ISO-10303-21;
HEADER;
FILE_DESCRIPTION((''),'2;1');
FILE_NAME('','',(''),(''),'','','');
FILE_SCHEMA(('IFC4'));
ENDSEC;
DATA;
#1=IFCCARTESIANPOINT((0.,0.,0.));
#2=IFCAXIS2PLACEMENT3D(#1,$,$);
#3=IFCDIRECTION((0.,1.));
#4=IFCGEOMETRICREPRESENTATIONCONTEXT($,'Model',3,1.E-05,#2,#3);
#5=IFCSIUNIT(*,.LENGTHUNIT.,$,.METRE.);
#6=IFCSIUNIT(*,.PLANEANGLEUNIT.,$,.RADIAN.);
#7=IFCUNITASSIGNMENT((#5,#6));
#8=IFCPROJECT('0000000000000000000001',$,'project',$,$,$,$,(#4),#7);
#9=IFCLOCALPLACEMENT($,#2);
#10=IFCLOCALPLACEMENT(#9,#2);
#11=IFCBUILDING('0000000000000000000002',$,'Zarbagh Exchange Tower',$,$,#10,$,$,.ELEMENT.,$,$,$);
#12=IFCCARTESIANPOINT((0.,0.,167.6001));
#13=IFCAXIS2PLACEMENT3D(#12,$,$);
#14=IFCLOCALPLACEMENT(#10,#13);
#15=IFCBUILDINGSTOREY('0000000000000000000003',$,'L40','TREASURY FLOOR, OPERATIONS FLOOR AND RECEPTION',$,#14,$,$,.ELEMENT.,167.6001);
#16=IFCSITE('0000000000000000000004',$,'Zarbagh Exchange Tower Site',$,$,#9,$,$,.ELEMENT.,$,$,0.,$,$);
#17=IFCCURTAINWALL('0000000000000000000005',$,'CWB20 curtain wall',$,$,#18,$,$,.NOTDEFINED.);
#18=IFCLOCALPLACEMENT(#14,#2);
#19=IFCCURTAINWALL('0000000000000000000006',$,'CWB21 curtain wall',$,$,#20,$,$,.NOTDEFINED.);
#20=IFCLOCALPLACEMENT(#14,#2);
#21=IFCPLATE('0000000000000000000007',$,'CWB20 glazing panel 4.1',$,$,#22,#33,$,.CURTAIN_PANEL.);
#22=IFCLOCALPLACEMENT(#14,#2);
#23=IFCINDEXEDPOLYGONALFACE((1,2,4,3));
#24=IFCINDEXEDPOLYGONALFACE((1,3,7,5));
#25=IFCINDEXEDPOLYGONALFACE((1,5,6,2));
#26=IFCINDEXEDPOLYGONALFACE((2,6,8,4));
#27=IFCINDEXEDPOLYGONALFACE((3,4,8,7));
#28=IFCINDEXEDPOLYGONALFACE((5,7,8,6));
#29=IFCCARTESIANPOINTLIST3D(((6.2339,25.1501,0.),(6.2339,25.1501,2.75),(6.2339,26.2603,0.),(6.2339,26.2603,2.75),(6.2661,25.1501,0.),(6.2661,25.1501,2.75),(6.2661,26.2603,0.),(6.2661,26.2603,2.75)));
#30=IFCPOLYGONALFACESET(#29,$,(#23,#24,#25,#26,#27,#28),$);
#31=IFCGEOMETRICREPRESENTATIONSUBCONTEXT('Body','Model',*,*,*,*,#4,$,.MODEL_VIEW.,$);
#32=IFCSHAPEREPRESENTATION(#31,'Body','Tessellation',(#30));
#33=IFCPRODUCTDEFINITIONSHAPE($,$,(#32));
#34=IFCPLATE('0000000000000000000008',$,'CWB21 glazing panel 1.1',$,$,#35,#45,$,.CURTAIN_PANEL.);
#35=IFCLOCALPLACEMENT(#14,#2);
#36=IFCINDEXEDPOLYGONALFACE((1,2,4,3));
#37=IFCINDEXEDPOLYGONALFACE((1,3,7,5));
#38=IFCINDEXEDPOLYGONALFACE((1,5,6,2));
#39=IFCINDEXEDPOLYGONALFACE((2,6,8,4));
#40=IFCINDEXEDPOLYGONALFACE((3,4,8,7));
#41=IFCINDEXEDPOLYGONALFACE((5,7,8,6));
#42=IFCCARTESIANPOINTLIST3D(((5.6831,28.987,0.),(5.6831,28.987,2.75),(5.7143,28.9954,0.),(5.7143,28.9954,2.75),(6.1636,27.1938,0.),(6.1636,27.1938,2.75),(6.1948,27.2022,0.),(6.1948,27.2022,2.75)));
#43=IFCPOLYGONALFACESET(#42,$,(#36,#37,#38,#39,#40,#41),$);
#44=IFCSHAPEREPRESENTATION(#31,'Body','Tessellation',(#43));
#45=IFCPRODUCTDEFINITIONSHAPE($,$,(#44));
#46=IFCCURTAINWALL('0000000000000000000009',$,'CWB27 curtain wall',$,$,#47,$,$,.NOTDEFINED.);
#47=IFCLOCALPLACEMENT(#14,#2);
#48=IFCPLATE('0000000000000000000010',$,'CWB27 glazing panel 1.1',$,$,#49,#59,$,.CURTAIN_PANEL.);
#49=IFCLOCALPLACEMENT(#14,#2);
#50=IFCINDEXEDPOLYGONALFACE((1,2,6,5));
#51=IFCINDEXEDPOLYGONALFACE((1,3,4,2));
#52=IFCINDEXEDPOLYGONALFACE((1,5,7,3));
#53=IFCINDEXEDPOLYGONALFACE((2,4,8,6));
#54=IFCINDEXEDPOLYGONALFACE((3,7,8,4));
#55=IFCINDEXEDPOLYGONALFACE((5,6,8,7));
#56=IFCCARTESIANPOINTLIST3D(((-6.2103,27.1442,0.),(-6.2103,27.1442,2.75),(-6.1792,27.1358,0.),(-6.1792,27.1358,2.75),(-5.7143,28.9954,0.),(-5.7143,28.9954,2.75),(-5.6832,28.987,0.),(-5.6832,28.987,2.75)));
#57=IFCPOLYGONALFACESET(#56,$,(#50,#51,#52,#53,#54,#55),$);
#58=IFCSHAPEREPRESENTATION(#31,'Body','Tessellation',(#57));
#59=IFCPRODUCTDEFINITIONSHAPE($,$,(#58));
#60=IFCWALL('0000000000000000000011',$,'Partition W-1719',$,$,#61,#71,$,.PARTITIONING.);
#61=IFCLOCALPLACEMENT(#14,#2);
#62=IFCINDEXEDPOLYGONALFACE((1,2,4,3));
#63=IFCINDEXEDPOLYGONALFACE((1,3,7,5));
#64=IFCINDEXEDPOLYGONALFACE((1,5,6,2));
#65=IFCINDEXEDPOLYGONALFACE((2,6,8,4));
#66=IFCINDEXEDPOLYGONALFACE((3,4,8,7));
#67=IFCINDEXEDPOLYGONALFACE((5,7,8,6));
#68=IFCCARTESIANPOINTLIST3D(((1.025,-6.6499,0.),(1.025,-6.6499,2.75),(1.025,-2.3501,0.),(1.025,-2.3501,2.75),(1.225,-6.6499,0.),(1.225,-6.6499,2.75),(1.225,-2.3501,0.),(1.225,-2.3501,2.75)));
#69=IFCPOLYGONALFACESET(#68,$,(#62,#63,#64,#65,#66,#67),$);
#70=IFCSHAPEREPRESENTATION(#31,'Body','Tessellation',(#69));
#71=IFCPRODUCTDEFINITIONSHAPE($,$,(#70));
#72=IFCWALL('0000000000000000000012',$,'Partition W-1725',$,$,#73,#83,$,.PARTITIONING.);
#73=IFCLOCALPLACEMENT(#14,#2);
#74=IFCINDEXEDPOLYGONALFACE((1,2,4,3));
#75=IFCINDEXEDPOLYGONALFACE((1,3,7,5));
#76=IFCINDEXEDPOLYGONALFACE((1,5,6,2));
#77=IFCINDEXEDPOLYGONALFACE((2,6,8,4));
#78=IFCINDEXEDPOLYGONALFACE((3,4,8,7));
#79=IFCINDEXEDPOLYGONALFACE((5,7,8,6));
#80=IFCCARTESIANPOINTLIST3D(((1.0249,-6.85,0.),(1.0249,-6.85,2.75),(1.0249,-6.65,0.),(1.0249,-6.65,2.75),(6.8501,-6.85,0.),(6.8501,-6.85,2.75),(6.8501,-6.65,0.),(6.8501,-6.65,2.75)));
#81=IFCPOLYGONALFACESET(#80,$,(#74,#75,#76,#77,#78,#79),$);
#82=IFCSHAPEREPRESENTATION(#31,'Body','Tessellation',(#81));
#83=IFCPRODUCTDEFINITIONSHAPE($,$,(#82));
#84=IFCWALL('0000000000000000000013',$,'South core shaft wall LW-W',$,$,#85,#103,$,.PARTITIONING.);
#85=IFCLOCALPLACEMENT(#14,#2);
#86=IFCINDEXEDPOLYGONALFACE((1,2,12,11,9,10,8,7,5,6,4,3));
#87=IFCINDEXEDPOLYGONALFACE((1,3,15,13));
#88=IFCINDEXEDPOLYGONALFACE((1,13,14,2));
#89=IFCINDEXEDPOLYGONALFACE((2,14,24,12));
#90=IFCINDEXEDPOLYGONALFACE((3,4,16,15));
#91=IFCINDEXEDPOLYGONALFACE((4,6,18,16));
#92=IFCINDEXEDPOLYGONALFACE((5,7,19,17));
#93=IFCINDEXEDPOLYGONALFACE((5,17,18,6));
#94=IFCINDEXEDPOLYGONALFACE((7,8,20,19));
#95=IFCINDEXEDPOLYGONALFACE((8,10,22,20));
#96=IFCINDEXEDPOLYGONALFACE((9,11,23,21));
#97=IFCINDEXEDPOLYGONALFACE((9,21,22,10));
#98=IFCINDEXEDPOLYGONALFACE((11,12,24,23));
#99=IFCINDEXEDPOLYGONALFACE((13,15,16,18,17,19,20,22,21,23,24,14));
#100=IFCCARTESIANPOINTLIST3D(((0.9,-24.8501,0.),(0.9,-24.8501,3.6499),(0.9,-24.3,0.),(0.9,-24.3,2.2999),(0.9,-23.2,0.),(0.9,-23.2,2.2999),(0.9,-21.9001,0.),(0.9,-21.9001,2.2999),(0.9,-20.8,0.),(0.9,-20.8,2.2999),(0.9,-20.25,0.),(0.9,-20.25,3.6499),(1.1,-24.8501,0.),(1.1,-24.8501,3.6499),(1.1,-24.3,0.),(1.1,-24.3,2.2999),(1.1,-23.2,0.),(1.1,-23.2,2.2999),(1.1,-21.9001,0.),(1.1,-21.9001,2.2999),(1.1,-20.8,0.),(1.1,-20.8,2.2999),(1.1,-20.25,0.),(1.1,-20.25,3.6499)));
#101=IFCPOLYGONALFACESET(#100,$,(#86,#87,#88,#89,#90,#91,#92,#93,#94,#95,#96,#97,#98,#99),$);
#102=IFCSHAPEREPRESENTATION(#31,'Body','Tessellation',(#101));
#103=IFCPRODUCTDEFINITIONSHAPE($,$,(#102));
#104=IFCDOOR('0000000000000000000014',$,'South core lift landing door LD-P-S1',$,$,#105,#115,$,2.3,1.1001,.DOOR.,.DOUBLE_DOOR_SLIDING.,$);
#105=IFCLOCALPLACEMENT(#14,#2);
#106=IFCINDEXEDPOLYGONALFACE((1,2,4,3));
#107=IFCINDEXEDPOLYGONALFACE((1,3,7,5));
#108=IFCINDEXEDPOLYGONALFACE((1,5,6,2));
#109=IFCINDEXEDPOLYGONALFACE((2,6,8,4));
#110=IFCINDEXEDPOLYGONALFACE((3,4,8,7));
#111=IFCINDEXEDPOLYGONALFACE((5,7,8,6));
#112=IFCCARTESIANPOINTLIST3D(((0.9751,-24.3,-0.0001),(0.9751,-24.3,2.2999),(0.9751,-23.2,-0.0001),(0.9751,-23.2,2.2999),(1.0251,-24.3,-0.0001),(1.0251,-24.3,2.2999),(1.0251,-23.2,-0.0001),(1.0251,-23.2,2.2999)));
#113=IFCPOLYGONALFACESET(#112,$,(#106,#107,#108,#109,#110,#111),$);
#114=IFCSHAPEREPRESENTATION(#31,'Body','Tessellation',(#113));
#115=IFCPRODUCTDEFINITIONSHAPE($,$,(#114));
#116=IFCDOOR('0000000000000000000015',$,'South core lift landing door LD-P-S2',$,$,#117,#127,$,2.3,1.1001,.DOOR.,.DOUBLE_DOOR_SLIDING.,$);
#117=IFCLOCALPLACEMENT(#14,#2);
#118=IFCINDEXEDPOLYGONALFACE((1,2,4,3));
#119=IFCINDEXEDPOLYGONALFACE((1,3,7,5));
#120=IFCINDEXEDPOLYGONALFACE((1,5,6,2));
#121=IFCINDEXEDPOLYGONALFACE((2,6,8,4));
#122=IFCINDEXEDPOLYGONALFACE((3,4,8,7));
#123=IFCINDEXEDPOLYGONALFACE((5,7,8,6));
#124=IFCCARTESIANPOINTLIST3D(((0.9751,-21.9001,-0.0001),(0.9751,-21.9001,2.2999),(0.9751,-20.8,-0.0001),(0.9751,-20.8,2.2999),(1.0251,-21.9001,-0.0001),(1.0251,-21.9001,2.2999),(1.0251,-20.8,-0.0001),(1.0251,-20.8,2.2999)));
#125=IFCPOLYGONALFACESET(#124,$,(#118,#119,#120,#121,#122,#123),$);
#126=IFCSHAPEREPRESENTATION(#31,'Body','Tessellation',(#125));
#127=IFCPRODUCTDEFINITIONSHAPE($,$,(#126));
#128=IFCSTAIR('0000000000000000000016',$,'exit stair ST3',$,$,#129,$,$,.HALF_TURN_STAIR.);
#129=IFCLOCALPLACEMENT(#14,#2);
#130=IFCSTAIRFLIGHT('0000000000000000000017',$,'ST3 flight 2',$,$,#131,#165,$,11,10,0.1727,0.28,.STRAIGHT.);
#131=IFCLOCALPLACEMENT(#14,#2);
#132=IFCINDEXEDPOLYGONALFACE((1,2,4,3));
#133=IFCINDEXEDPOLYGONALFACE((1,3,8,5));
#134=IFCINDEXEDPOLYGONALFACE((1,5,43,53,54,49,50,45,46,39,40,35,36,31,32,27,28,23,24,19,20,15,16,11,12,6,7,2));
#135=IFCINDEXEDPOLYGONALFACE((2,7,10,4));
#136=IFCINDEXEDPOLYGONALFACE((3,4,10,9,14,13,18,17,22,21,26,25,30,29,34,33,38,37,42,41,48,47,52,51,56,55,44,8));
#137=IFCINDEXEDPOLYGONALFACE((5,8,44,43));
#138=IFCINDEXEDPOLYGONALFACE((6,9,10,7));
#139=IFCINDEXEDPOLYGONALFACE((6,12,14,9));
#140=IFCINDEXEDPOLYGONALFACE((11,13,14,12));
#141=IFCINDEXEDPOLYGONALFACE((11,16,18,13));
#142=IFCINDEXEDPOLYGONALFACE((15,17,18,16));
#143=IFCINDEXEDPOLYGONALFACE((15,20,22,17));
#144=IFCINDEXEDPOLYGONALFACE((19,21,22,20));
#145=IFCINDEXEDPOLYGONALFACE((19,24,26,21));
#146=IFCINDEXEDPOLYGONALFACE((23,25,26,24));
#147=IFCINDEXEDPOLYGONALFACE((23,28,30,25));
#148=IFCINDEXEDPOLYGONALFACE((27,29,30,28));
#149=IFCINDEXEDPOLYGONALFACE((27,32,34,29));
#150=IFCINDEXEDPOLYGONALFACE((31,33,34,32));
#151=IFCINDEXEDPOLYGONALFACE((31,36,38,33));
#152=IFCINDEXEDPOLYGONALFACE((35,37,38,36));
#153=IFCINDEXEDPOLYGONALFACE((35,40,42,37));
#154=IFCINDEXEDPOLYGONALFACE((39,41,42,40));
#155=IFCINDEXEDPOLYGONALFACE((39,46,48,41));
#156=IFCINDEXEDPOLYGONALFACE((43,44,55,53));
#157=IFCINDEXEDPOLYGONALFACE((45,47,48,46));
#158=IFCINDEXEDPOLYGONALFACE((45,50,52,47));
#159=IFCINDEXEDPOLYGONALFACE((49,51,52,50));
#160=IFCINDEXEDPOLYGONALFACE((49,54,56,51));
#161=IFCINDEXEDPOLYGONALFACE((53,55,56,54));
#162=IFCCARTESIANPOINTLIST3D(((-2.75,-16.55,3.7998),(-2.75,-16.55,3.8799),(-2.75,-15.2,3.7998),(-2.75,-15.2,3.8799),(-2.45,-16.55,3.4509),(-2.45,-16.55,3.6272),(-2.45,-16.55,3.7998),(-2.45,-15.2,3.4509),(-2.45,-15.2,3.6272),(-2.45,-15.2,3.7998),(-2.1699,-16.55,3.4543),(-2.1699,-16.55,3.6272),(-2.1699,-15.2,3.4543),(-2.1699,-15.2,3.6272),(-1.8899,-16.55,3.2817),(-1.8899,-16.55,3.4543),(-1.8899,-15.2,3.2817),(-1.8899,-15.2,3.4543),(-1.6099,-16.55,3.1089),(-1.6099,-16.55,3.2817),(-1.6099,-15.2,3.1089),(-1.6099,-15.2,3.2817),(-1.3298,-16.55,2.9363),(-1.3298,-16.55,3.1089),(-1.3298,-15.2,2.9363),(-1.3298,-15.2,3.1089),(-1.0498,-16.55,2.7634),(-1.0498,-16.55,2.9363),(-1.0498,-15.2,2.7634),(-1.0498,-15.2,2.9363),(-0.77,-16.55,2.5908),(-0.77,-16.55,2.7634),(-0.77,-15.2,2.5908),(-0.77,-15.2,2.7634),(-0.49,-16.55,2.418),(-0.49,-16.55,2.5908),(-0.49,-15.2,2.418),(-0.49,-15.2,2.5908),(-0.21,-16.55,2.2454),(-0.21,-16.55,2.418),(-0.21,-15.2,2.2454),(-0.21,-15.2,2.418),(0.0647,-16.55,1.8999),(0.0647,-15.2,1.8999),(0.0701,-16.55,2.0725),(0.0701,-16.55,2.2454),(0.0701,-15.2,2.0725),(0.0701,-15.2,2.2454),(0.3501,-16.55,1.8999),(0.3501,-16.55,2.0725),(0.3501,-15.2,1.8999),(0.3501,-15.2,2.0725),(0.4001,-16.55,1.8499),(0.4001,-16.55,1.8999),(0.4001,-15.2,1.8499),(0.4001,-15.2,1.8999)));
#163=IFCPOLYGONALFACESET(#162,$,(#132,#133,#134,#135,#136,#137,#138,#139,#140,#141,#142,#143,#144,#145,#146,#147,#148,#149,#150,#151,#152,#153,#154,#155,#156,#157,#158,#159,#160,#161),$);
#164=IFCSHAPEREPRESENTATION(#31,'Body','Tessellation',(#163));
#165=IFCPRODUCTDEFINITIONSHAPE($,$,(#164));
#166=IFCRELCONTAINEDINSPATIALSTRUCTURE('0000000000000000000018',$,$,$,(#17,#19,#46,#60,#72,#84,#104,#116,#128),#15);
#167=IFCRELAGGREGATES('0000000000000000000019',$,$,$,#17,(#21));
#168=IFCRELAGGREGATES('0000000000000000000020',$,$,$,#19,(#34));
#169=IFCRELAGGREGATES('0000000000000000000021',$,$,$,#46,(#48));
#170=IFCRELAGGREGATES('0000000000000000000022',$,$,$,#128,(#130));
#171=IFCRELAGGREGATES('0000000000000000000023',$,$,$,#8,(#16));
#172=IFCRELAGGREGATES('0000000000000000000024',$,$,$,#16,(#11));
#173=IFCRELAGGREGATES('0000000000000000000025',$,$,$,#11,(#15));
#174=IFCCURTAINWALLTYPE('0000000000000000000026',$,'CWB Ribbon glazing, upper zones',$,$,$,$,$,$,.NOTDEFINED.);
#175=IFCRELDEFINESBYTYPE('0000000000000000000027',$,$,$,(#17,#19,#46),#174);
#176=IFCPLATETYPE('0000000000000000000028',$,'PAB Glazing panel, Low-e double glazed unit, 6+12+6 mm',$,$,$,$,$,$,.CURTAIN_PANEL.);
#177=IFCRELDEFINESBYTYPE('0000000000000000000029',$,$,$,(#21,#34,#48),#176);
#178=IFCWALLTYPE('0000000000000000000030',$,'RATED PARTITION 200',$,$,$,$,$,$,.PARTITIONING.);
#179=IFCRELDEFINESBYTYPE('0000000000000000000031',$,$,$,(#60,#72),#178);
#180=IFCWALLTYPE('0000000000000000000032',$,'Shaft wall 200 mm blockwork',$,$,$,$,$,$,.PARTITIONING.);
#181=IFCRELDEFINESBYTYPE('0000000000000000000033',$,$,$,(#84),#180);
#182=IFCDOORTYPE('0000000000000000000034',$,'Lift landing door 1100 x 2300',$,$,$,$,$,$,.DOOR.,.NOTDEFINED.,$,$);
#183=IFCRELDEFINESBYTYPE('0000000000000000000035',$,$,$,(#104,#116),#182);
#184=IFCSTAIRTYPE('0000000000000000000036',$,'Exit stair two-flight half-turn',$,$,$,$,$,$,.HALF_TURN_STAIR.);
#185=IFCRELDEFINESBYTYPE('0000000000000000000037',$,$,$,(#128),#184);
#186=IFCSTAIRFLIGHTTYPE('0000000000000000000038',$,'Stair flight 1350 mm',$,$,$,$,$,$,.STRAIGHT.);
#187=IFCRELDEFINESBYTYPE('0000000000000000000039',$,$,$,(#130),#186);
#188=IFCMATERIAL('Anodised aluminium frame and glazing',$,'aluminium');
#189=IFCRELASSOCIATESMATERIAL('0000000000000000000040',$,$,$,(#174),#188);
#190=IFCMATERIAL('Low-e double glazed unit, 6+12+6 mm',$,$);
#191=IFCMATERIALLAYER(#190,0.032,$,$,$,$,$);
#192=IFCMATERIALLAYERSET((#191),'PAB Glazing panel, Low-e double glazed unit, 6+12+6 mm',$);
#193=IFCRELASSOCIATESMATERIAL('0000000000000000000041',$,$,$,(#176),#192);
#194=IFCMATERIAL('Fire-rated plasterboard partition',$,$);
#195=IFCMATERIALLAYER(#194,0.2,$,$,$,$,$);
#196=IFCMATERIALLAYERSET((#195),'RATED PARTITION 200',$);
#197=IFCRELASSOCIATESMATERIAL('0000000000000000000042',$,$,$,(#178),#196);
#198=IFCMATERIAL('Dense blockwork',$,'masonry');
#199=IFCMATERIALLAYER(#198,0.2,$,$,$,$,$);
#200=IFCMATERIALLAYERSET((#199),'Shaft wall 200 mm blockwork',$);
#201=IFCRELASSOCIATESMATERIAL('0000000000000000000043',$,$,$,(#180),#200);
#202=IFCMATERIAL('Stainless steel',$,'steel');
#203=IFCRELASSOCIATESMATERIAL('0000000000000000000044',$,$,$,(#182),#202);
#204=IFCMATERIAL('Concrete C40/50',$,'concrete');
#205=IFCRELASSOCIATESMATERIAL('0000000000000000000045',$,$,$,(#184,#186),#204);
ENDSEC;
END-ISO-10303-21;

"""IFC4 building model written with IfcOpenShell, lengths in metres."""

from ifc_helpers import new_model, si_unit, direction, frame, frame_2d, origin, place, context, subcontext, project, spatial, polyline, rectangle, outline, extrude, source, transform, mapped, material, layer, layer_set, type_object, element, fill, aggregate, save


model = new_model("IFC4")

# Units and contexts
model_context = context("Model", 3, precision=1e-05, world=origin(), true_north=direction((0.0, 1.0)))
body_context = subcontext(model_context, "Body", "Model", "MODEL_VIEW")
ifc_project = project(units=[si_unit("LENGTHUNIT", "METRE"), si_unit("PLANEANGLEUNIT", "RADIAN")], contexts=[model_context])

# Site, building, storey
site_placement = place(None, origin())
site = spatial("IfcSite", under=ifc_project, at=site_placement, Name="Zarbagh Exchange Tower Site", CompositionType="ELEMENT", RefElevation=0.0)
building_placement = place(site_placement, origin())
building = spatial("IfcBuilding", under=site, at=building_placement, Name="Zarbagh Exchange Tower", CompositionType="ELEMENT")
storey_placement = place(building_placement, frame((0.0, 0.0, 167.6001)))
storey = spatial("IfcBuildingStorey", under=building, at=storey_placement, Name="L40", Description="TREASURY FLOOR, OPERATIONS FLOOR AND RECEPTION", CompositionType="ELEMENT", Elevation=167.6001)

# Curtain wall
ifc_material_1 = material(Name="Anodised aluminium frame and glazing", Category="aluminium")
curtain_wall_type = type_object("IfcCurtainWallType", Name="CWB Ribbon glazing, upper zones", PredefinedType="NOTDEFINED", material=ifc_material_1)
curtain_wall_1_placement = place(storey_placement, origin())
curtain_wall_1 = element("IfcCurtainWall", 1, at=curtain_wall_1_placement, inside=storey, type_object=curtain_wall_type, Name="CWB20 curtain wall", PredefinedType="NOTDEFINED")
placement = place(storey_placement, origin())

# Curtain wall
curtain_wall_2_placement = place(storey_placement, origin())
curtain_wall_2 = element("IfcCurtainWall", 2, at=curtain_wall_2_placement, inside=storey, type_object=curtain_wall_type, Name="CWB21 curtain wall", PredefinedType="NOTDEFINED")

# Shared definitions
ifc_material_2 = material(Name="Low-e double glazed unit, 6+12+6 mm")
ifc_layer_1 = layer(ifc_material_2, 0.032)
ifc_layer_set_1 = layer_set([ifc_layer_1], Name="PAB Glazing panel, Low-e double glazed unit, 6+12+6 mm")
plate_type = type_object("IfcPlateType", Name="PAB Glazing panel, Low-e double glazed unit, 6+12+6 mm", PredefinedType="CURTAIN_PANEL", material=ifc_layer_set_1)

# Plates
shared_shape_1 = source(origin(), body_context, "Body", "SweptSolid", [
    extrude(outline(polyline([(0.0, -0.0161), (1.1101, -0.0161), (1.1101, 0.0161), (0.0, 0.0161), (0.0, -0.0161)])), origin(), (0.0, 0.0, 1.0), 2.75),
])
plate_1 = element("IfcPlate", 3, at=placement, type_object=plate_type, Name="CWB20 glazing panel 4.1", PredefinedType="CURTAIN_PANEL", context=body_context, shape_type="MappedRepresentation", body=[
    mapped(shared_shape_1, transform((6.25, 25.1501, 0.0), x_axis=(0.0, 1.0, 0.0), y_axis=(-1.0, 0.0, 0.0), z_axis=(0.0, 0.0, 1.0))),
])
aggregate(curtain_wall_1, [plate_1])
shared_shape_2 = source(origin(), body_context, "Body", "SweptSolid", [
    extrude(outline(polyline([(0.0, -0.0161), (1.8564, -0.0161), (1.8564, 0.0161), (0.0, 0.0161), (0.0, -0.0161)])), origin(), (0.0, 0.0, 1.0), 2.75),
])
plate_2 = element("IfcPlate", 4, at=placement, type_object=plate_type, Name="CWB21 glazing panel 1.1", PredefinedType="CURTAIN_PANEL", context=body_context, shape_type="MappedRepresentation", body=[
    mapped(shared_shape_2, transform((6.1792, 27.198, 0.0), x_axis=(-0.258825, 0.965924, 0.0), y_axis=(-0.965924, -0.258825, 0.0), z_axis=(0.0, 0.0, 1.0))),
])
aggregate(curtain_wall_2, [plate_2])

# Curtain wall, plate
curtain_wall_3_placement = place(storey_placement, origin())
curtain_wall_3 = element("IfcCurtainWall", 5, at=curtain_wall_3_placement, inside=storey, type_object=curtain_wall_type, Name="CWB27 curtain wall", PredefinedType="NOTDEFINED")
shared_shape_3 = source(origin(), body_context, "Body", "SweptSolid", [
    extrude(outline(polyline([(0.0, -0.0161), (1.9165, -0.0161), (1.9165, 0.0161), (0.0, 0.0161), (0.0, -0.0161)])), origin(), (0.0, 0.0, 1.0), 2.75),
])
plate_3 = element("IfcPlate", 6, at=placement, type_object=plate_type, Name="CWB27 glazing panel 1.1", PredefinedType="CURTAIN_PANEL", context=body_context, shape_type="MappedRepresentation", body=[
    mapped(shared_shape_3, transform((-5.6987, 28.9912, 0.0), x_axis=(-0.258825, -0.965924, 0.0), y_axis=(0.965924, -0.258825, 0.0), z_axis=(0.0, 0.0, 1.0))),
])
aggregate(curtain_wall_3, [plate_3])

# Walls
ifc_material_3 = material(Name="Fire-rated plasterboard partition")
ifc_layer_2 = layer(ifc_material_3, 0.2)
ifc_layer_set_2 = layer_set([ifc_layer_2], Name="RATED PARTITION 200")
wall_type_1 = type_object("IfcWallType", Name="RATED PARTITION 200", PredefinedType="PARTITIONING", material=ifc_layer_set_2)
wall_1_placement = place(storey_placement, frame((1.125, -6.6499, 0.0), z_axis=(0.0, 0.0, 1.0), x_axis=(0.0, 1.0, 0.0)))
element("IfcWall", 7, at=wall_1_placement, inside=storey, type_object=wall_type_1, Name="Partition W-1719", PredefinedType="PARTITIONING", context=body_context, shape_type="SweptSolid", body=[
    extrude(rectangle(XDim=4.2998, YDim=0.2, at=frame_2d((2.1499, 0.0))), origin(), (0.0, 0.0, 1.0), 2.75),
])
wall_2_placement = place(storey_placement, frame((1.0249, -6.75, 0.0), z_axis=(0.0, 0.0, 1.0), x_axis=(1.0, 0.0, 0.0)))
element("IfcWall", 8, at=wall_2_placement, inside=storey, type_object=wall_type_1, Name="Partition W-1725", PredefinedType="PARTITIONING", context=body_context, shape_type="SweptSolid", body=[
    extrude(rectangle(XDim=5.8252, YDim=0.2, at=frame_2d((2.9126, 0.0))), origin(), (0.0, 0.0, 1.0), 2.75),
])

# Wall, openings, doors
ifc_material_4 = material(Name="Dense blockwork", Category="masonry")
ifc_layer_3 = layer(ifc_material_4, 0.2)
ifc_layer_set_3 = layer_set([ifc_layer_3], Name="Shaft wall 200 mm blockwork")
wall_type_2 = type_object("IfcWallType", Name="Shaft wall 200 mm blockwork", PredefinedType="PARTITIONING", material=ifc_layer_set_3)
wall_3_placement = place(storey_placement, frame((1.0, -24.8501, 0.0), z_axis=(0.0, 0.0, 1.0), x_axis=(0.0, 1.0, 0.0)))
wall_3 = element("IfcWall", 9, at=wall_3_placement, inside=storey, type_object=wall_type_2, Name="South core shaft wall LW-W", PredefinedType="PARTITIONING", context=body_context, shape_type="SweptSolid", body=[
    extrude(rectangle(XDim=4.6001, YDim=0.2, at=frame_2d((2.3, 0.0))), origin(), (0.0, 0.0, 1.0), 3.6499),
])
opening_1_placement = place(wall_3_placement, frame((0.55, 0.0, 0.0)))
opening_1 = element("IfcOpeningElement", 10, at=opening_1_placement, cuts=wall_3, PredefinedType="OPENING", context=body_context, shape_type="SweptSolid", body=[
    extrude(rectangle(XDim=1.1001, YDim=2.3, at=frame_2d((0.55, 1.1499))), frame((0.0, 0.1099, 0.0), z_axis=(0.0, -1.0, 0.0), x_axis=(1.0, 0.0, 0.0)), (0.0, 0.0, 1.0), 0.22),
])
opening_2_placement = place(wall_3_placement, frame((2.95, 0.0, 0.0)))
opening_2 = element("IfcOpeningElement", 11, at=opening_2_placement, cuts=wall_3, PredefinedType="OPENING", context=body_context, shape_type="SweptSolid", body=[
    extrude(rectangle(XDim=1.1001, YDim=2.3, at=frame_2d((0.55, 1.1499))), frame((0.0, 0.1099, 0.0), z_axis=(0.0, -1.0, 0.0), x_axis=(1.0, 0.0, 0.0)), (0.0, 0.0, 1.0), 0.22),
])
ifc_material_5 = material(Name="Stainless steel", Category="steel")
door_type = type_object("IfcDoorType", Name="Lift landing door 1100 x 2300", OperationType="NOTDEFINED", PredefinedType="DOOR", material=ifc_material_5)
door_1_placement = place(opening_1_placement, origin())
door_1 = element("IfcDoor", 12, at=door_1_placement, inside=storey, type_object=door_type, Name="South core lift landing door LD-P-S1", OperationType="DOUBLE_DOOR_SLIDING", OverallHeight=2.3, OverallWidth=1.1001, PredefinedType="DOOR", context=body_context, shape_type="SweptSolid", body=[
    extrude(rectangle(XDim=1.1001, YDim=2.3, at=frame_2d((0.55, 1.1499))), frame((0.0, 0.0249, 0.0), z_axis=(0.0, -1.0, 0.0), x_axis=(1.0, 0.0, 0.0)), (0.0, 0.0, 1.0), 0.05),
])
fill(opening_1, door_1)
door_2_placement = place(opening_2_placement, origin())
door_2 = element("IfcDoor", 13, at=door_2_placement, inside=storey, type_object=door_type, Name="South core lift landing door LD-P-S2", OperationType="DOUBLE_DOOR_SLIDING", OverallHeight=2.3, OverallWidth=1.1001, PredefinedType="DOOR", context=body_context, shape_type="SweptSolid", body=[
    extrude(rectangle(XDim=1.1001, YDim=2.3, at=frame_2d((0.55, 1.1499))), frame((0.0, 0.0249, 0.0), z_axis=(0.0, -1.0, 0.0), x_axis=(1.0, 0.0, 0.0)), (0.0, 0.0, 1.0), 0.05),
])
fill(opening_2, door_2)

# Stair, stair flight
ifc_material_6 = material(Name="Concrete C40/50", Category="concrete")
stair_type = type_object("IfcStairType", Name="Exit stair two-flight half-turn", PredefinedType="HALF_TURN_STAIR", material=ifc_material_6)
stair_1_placement = place(storey_placement, origin())
stair_1 = element("IfcStair", 14, at=stair_1_placement, inside=storey, type_object=stair_type, Name="exit stair ST3", PredefinedType="HALF_TURN_STAIR")
stair_flight_type_1 = type_object("IfcStairFlightType", Name="Stair flight 1350 mm", PredefinedType="STRAIGHT", material=ifc_material_6)
stair_flight_1_placement = place(storey_placement, frame((0.3501, -15.875, 1.8999), z_axis=(0.0, 0.0, 1.0), x_axis=(-1.0, 0.0, 0.0)))
stair_flight_1 = element("IfcStairFlight", 15, at=stair_flight_1_placement, type_object=stair_flight_type_1, Name="ST3 flight 2", NumberOfRisers=11, NumberOfTreads=10, PredefinedType="STRAIGHT", RiserHeight=0.1727, TreadLength=0.28, context=body_context, shape_type="SweptSolid", body=[
    extrude(outline(polyline([(-0.05, -0.05), (-0.05, 0.0), (0.0, 0.0), (0.0, 0.1726), (0.28, 0.1726), (0.28, 0.3455), (0.5601, 0.3455), (0.5601, 0.5181), (0.8401, 0.5181), (0.8401, 0.6909), (1.1201, 0.6909), (1.1201, 0.8635), (1.3999, 0.8635), (1.3999, 1.0364), (1.6799, 1.0364), (1.6799, 1.209), (1.96, 1.209), (1.96, 1.3818), (2.24, 1.3818), (2.24, 1.5544), (2.52, 1.5544), (2.52, 1.7273), (2.8, 1.7273), (2.8, 1.8999), (3.1001, 1.98), (3.1001, 1.8999), (2.8, 1.551), (0.2854, 0.0), (-0.05, -0.05)])), frame((0.0, 0.675, 0.0), z_axis=(0.0, -1.0, 0.0), x_axis=(1.0, 0.0, 0.0)), (0.0, 0.0, 1.0), 1.3501),
])
aggregate(stair_1, [stair_flight_1])

save(model, "model.ifc")
